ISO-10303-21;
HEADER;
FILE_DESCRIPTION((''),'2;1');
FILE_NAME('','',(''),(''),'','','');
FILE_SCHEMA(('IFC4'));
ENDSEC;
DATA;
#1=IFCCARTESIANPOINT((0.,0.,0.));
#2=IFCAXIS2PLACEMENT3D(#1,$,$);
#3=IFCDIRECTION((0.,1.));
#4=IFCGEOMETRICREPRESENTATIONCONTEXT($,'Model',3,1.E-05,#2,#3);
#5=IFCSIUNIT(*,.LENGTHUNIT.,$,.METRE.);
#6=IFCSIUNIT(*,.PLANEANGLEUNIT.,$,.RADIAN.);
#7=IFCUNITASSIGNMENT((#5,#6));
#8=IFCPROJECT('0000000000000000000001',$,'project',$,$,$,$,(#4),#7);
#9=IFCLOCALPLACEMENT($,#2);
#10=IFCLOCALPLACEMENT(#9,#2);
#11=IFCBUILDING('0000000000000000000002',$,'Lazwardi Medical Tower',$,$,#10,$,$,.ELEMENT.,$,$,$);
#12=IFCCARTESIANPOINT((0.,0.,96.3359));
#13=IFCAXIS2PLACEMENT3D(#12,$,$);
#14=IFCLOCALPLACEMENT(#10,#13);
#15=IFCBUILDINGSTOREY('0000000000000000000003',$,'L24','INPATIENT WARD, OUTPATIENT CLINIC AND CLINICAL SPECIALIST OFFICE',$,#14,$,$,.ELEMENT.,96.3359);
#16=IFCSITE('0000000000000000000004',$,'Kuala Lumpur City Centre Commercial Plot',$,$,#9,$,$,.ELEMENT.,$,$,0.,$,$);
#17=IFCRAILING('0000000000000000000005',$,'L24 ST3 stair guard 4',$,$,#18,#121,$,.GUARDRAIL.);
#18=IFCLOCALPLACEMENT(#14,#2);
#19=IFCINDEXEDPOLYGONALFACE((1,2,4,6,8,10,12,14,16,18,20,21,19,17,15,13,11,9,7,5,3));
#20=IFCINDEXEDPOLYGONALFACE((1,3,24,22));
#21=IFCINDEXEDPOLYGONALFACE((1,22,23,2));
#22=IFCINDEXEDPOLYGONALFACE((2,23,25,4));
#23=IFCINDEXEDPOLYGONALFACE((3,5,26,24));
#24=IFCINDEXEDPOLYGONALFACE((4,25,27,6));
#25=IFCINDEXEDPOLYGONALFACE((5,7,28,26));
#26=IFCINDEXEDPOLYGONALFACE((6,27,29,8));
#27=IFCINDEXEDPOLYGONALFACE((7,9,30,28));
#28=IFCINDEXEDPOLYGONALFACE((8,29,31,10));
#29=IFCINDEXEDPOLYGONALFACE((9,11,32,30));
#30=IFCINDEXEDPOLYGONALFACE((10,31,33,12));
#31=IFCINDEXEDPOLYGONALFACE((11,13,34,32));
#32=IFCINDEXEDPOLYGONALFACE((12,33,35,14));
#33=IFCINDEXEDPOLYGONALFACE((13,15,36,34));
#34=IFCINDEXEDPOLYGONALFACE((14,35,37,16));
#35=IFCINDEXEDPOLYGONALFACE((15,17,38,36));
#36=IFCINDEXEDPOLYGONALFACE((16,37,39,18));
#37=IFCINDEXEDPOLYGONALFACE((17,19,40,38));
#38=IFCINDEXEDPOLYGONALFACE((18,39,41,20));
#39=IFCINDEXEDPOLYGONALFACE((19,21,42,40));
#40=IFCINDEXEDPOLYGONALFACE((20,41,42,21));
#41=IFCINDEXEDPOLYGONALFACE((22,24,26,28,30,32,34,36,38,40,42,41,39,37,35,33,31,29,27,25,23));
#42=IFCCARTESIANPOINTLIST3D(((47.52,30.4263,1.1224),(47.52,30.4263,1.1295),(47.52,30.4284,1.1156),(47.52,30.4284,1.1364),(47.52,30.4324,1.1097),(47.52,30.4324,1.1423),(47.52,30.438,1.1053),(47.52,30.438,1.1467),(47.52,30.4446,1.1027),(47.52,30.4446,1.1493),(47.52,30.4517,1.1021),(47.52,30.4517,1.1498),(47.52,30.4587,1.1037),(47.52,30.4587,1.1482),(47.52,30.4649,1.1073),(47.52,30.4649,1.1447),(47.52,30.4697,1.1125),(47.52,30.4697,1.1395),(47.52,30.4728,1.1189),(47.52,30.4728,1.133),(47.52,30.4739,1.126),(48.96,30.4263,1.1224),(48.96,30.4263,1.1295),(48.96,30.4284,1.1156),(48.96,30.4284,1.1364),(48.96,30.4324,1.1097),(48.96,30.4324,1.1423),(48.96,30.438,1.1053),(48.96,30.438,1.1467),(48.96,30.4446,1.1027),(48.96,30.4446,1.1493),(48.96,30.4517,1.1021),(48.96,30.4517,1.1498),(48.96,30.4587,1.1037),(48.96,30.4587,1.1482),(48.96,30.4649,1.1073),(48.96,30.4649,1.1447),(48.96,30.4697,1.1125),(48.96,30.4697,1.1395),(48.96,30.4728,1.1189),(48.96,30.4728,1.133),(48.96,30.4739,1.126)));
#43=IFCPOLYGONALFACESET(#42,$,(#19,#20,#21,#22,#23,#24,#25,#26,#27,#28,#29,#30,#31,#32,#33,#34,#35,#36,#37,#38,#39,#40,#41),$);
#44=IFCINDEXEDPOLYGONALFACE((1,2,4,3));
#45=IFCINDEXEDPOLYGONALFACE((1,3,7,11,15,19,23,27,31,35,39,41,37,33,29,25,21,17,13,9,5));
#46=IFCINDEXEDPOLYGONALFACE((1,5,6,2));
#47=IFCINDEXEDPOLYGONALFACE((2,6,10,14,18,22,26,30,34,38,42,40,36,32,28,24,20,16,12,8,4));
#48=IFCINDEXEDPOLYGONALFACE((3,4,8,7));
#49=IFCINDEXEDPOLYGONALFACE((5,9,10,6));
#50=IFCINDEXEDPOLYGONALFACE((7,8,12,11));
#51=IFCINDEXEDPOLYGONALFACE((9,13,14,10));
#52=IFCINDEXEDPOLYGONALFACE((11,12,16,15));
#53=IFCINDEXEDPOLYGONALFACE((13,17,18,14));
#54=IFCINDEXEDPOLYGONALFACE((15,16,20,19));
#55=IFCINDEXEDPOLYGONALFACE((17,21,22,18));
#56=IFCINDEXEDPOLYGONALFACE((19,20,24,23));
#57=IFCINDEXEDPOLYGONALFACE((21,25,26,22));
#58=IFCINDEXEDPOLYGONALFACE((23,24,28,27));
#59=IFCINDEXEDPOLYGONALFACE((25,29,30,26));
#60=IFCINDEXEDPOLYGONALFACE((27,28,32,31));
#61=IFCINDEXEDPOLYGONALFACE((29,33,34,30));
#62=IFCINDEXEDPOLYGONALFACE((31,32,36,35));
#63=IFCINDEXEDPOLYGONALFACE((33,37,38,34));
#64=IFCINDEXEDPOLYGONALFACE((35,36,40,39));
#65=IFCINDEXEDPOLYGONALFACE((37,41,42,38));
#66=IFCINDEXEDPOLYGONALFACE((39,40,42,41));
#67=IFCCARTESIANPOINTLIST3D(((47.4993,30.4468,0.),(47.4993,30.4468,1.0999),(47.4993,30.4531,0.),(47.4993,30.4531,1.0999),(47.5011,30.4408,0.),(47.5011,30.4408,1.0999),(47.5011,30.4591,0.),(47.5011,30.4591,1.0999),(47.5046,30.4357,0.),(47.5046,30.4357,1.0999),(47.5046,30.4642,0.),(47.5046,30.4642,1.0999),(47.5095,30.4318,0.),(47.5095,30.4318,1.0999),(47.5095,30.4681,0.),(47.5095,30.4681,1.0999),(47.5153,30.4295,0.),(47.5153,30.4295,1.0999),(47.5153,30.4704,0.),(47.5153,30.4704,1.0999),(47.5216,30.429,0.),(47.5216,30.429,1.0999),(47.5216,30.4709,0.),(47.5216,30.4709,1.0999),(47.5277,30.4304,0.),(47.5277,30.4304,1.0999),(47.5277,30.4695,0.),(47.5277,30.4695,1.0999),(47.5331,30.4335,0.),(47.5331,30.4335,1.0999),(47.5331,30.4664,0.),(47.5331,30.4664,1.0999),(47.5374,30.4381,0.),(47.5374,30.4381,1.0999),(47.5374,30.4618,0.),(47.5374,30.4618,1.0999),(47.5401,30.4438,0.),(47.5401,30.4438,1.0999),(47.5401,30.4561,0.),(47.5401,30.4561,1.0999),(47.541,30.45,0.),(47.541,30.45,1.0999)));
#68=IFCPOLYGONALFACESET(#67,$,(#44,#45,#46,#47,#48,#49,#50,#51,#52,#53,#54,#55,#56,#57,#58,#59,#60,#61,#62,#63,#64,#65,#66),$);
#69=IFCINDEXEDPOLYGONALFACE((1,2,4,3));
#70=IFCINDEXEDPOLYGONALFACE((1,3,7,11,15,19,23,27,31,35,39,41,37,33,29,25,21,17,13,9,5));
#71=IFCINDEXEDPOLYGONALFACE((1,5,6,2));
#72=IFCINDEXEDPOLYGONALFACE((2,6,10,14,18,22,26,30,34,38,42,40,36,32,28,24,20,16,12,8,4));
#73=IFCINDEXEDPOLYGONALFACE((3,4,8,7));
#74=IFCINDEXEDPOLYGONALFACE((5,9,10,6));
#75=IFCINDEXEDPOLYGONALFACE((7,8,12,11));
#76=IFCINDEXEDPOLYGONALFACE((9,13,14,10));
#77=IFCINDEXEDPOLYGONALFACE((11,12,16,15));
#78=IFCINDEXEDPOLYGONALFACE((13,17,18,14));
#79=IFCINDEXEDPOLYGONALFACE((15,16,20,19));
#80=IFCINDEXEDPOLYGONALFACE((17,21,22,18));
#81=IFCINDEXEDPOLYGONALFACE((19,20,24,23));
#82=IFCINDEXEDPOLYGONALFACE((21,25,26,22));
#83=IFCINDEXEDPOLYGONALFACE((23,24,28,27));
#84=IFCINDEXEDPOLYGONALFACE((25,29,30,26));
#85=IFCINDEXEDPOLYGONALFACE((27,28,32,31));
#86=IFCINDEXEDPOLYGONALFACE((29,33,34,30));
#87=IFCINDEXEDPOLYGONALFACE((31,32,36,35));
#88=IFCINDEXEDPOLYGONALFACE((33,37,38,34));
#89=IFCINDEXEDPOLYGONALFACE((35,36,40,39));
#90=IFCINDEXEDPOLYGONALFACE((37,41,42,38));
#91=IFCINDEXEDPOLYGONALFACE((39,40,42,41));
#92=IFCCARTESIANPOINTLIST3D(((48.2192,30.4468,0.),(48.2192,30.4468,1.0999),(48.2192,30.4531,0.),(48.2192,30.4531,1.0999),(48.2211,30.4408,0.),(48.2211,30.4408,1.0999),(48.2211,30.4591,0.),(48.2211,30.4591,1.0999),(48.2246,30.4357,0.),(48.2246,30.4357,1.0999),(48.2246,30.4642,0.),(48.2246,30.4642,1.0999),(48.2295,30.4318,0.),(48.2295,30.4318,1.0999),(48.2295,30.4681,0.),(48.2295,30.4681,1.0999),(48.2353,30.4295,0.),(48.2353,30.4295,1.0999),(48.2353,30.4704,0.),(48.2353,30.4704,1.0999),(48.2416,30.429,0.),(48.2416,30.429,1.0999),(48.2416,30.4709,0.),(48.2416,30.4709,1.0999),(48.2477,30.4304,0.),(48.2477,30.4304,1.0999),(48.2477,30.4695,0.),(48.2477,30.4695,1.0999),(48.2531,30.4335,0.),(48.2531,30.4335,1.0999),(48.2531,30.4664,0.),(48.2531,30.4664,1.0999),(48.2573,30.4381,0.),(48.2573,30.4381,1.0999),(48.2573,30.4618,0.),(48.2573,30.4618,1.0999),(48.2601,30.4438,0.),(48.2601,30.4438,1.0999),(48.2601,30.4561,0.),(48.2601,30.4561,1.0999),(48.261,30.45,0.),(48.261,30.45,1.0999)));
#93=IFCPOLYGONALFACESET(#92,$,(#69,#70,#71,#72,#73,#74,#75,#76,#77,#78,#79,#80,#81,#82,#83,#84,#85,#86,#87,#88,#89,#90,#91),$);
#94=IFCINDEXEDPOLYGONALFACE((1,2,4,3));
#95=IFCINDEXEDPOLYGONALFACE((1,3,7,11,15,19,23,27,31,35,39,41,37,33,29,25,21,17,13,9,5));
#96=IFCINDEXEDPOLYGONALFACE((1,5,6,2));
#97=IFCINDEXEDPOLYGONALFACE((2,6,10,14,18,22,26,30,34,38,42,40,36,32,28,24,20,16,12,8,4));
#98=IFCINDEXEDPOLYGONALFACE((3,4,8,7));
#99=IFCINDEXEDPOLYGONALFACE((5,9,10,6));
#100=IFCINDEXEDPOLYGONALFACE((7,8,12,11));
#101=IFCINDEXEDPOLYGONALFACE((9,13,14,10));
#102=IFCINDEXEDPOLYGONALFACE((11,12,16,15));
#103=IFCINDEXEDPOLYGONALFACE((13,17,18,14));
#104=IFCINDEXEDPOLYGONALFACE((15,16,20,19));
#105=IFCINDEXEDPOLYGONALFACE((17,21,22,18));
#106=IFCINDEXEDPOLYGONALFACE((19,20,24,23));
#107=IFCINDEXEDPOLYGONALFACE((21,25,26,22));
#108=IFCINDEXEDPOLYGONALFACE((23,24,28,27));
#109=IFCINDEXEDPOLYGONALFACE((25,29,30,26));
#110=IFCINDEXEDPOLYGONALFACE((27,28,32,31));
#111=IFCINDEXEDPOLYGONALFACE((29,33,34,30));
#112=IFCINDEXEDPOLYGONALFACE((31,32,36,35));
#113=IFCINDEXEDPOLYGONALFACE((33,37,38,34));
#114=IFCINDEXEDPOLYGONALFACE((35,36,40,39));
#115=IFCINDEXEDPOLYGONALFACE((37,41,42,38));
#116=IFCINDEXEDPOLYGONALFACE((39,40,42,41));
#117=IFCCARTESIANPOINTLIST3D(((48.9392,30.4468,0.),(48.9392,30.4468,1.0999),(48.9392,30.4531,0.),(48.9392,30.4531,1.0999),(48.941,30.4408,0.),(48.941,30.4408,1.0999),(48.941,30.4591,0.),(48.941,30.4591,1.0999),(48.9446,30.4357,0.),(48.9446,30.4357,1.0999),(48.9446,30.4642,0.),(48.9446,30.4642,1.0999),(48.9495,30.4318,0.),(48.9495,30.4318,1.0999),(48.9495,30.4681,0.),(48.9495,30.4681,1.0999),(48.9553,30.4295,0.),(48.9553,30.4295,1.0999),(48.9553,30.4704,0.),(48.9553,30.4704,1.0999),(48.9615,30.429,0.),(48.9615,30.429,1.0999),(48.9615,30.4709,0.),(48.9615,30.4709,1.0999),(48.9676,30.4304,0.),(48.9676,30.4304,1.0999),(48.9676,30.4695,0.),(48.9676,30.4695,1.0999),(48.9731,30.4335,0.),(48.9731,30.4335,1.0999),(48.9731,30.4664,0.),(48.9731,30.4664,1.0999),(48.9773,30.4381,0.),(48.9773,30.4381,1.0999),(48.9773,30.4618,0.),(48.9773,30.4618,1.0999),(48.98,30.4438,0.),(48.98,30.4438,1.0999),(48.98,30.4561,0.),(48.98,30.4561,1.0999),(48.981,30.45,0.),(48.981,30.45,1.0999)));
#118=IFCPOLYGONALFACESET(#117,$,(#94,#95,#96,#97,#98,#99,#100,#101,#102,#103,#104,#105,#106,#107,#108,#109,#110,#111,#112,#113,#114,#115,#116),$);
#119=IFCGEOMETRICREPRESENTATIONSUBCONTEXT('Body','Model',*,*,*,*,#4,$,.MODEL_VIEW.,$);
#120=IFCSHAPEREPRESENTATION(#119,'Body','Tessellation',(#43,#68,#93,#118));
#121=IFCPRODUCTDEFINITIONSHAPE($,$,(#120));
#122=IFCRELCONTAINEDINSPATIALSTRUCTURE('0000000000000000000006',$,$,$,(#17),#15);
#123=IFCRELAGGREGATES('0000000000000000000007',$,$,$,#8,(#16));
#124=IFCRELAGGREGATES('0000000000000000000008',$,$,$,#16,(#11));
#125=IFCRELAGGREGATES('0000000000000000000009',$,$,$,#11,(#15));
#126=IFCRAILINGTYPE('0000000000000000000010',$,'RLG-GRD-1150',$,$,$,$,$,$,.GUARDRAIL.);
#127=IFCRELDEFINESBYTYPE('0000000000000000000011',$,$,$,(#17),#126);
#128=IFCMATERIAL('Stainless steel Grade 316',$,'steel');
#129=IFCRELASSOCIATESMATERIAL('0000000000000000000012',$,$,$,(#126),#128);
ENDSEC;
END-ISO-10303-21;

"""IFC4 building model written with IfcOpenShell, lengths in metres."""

from ifc_helpers import new_model, si_unit, direction, frame, origin, origin_2d, place, context, subcontext, project, spatial, circle, extrude, material, type_object, element, save


model = new_model("IFC4")

# Units and contexts
model_context = context("Model", 3, precision=1e-05, world=origin(), true_north=direction((0.0, 1.0)))
body_context = subcontext(model_context, "Body", "Model", "MODEL_VIEW")
ifc_project = project(units=[si_unit("LENGTHUNIT", "METRE"), si_unit("PLANEANGLEUNIT", "RADIAN")], contexts=[model_context])

# Site, building, storey
site_placement = place(None, origin())
site = spatial("IfcSite", under=ifc_project, at=site_placement, Name="Kuala Lumpur City Centre Commercial Plot", CompositionType="ELEMENT", RefElevation=0.0)
building_placement = place(site_placement, origin())
building = spatial("IfcBuilding", under=site, at=building_placement, Name="Lazwardi Medical Tower", CompositionType="ELEMENT")
storey_placement = place(building_placement, frame((0.0, 0.0, 96.3359)))
storey = spatial("IfcBuildingStorey", under=building, at=storey_placement, Name="L24", Description="INPATIENT WARD, OUTPATIENT CLINIC AND CLINICAL SPECIALIST OFFICE", CompositionType="ELEMENT", Elevation=96.3359)

# Railing
ifc_material_1 = material(Name="Stainless steel Grade 316", Category="steel")
railing_type_1 = type_object("IfcRailingType", Name="RLG-GRD-1150", PredefinedType="GUARDRAIL", material=ifc_material_1)
railing_1_placement = place(storey_placement, frame((47.52, 30.45, 0.0)))
element("IfcRailing", 1, at=railing_1_placement, inside=storey, type_object=railing_type_1, Name="L24 ST3 stair guard 4", PredefinedType="GUARDRAIL", context=body_context, shape_type="SweptSolid", body=[
    extrude(circle(Radius=0.0239, at=origin_2d()), frame((0.0, 0.0, 1.126), z_axis=(1.0, 0.0, 0.0), x_axis=(0.0, 1.0, 0.0)), (0.0, 0.0, 1.0), 1.4399),
    extrude(circle(Radius=0.021, at=origin_2d()), origin(), (0.0, 0.0, 1.0), 1.0999),
    extrude(circle(Radius=0.021, at=origin_2d()), frame((0.72, 0.0, 0.0)), (0.0, 0.0, 1.0), 1.0999),
    extrude(circle(Radius=0.021, at=origin_2d()), frame((1.4399, 0.0, 0.0)), (0.0, 0.0, 1.0), 1.0999),
])

save(model, "model.ifc")
